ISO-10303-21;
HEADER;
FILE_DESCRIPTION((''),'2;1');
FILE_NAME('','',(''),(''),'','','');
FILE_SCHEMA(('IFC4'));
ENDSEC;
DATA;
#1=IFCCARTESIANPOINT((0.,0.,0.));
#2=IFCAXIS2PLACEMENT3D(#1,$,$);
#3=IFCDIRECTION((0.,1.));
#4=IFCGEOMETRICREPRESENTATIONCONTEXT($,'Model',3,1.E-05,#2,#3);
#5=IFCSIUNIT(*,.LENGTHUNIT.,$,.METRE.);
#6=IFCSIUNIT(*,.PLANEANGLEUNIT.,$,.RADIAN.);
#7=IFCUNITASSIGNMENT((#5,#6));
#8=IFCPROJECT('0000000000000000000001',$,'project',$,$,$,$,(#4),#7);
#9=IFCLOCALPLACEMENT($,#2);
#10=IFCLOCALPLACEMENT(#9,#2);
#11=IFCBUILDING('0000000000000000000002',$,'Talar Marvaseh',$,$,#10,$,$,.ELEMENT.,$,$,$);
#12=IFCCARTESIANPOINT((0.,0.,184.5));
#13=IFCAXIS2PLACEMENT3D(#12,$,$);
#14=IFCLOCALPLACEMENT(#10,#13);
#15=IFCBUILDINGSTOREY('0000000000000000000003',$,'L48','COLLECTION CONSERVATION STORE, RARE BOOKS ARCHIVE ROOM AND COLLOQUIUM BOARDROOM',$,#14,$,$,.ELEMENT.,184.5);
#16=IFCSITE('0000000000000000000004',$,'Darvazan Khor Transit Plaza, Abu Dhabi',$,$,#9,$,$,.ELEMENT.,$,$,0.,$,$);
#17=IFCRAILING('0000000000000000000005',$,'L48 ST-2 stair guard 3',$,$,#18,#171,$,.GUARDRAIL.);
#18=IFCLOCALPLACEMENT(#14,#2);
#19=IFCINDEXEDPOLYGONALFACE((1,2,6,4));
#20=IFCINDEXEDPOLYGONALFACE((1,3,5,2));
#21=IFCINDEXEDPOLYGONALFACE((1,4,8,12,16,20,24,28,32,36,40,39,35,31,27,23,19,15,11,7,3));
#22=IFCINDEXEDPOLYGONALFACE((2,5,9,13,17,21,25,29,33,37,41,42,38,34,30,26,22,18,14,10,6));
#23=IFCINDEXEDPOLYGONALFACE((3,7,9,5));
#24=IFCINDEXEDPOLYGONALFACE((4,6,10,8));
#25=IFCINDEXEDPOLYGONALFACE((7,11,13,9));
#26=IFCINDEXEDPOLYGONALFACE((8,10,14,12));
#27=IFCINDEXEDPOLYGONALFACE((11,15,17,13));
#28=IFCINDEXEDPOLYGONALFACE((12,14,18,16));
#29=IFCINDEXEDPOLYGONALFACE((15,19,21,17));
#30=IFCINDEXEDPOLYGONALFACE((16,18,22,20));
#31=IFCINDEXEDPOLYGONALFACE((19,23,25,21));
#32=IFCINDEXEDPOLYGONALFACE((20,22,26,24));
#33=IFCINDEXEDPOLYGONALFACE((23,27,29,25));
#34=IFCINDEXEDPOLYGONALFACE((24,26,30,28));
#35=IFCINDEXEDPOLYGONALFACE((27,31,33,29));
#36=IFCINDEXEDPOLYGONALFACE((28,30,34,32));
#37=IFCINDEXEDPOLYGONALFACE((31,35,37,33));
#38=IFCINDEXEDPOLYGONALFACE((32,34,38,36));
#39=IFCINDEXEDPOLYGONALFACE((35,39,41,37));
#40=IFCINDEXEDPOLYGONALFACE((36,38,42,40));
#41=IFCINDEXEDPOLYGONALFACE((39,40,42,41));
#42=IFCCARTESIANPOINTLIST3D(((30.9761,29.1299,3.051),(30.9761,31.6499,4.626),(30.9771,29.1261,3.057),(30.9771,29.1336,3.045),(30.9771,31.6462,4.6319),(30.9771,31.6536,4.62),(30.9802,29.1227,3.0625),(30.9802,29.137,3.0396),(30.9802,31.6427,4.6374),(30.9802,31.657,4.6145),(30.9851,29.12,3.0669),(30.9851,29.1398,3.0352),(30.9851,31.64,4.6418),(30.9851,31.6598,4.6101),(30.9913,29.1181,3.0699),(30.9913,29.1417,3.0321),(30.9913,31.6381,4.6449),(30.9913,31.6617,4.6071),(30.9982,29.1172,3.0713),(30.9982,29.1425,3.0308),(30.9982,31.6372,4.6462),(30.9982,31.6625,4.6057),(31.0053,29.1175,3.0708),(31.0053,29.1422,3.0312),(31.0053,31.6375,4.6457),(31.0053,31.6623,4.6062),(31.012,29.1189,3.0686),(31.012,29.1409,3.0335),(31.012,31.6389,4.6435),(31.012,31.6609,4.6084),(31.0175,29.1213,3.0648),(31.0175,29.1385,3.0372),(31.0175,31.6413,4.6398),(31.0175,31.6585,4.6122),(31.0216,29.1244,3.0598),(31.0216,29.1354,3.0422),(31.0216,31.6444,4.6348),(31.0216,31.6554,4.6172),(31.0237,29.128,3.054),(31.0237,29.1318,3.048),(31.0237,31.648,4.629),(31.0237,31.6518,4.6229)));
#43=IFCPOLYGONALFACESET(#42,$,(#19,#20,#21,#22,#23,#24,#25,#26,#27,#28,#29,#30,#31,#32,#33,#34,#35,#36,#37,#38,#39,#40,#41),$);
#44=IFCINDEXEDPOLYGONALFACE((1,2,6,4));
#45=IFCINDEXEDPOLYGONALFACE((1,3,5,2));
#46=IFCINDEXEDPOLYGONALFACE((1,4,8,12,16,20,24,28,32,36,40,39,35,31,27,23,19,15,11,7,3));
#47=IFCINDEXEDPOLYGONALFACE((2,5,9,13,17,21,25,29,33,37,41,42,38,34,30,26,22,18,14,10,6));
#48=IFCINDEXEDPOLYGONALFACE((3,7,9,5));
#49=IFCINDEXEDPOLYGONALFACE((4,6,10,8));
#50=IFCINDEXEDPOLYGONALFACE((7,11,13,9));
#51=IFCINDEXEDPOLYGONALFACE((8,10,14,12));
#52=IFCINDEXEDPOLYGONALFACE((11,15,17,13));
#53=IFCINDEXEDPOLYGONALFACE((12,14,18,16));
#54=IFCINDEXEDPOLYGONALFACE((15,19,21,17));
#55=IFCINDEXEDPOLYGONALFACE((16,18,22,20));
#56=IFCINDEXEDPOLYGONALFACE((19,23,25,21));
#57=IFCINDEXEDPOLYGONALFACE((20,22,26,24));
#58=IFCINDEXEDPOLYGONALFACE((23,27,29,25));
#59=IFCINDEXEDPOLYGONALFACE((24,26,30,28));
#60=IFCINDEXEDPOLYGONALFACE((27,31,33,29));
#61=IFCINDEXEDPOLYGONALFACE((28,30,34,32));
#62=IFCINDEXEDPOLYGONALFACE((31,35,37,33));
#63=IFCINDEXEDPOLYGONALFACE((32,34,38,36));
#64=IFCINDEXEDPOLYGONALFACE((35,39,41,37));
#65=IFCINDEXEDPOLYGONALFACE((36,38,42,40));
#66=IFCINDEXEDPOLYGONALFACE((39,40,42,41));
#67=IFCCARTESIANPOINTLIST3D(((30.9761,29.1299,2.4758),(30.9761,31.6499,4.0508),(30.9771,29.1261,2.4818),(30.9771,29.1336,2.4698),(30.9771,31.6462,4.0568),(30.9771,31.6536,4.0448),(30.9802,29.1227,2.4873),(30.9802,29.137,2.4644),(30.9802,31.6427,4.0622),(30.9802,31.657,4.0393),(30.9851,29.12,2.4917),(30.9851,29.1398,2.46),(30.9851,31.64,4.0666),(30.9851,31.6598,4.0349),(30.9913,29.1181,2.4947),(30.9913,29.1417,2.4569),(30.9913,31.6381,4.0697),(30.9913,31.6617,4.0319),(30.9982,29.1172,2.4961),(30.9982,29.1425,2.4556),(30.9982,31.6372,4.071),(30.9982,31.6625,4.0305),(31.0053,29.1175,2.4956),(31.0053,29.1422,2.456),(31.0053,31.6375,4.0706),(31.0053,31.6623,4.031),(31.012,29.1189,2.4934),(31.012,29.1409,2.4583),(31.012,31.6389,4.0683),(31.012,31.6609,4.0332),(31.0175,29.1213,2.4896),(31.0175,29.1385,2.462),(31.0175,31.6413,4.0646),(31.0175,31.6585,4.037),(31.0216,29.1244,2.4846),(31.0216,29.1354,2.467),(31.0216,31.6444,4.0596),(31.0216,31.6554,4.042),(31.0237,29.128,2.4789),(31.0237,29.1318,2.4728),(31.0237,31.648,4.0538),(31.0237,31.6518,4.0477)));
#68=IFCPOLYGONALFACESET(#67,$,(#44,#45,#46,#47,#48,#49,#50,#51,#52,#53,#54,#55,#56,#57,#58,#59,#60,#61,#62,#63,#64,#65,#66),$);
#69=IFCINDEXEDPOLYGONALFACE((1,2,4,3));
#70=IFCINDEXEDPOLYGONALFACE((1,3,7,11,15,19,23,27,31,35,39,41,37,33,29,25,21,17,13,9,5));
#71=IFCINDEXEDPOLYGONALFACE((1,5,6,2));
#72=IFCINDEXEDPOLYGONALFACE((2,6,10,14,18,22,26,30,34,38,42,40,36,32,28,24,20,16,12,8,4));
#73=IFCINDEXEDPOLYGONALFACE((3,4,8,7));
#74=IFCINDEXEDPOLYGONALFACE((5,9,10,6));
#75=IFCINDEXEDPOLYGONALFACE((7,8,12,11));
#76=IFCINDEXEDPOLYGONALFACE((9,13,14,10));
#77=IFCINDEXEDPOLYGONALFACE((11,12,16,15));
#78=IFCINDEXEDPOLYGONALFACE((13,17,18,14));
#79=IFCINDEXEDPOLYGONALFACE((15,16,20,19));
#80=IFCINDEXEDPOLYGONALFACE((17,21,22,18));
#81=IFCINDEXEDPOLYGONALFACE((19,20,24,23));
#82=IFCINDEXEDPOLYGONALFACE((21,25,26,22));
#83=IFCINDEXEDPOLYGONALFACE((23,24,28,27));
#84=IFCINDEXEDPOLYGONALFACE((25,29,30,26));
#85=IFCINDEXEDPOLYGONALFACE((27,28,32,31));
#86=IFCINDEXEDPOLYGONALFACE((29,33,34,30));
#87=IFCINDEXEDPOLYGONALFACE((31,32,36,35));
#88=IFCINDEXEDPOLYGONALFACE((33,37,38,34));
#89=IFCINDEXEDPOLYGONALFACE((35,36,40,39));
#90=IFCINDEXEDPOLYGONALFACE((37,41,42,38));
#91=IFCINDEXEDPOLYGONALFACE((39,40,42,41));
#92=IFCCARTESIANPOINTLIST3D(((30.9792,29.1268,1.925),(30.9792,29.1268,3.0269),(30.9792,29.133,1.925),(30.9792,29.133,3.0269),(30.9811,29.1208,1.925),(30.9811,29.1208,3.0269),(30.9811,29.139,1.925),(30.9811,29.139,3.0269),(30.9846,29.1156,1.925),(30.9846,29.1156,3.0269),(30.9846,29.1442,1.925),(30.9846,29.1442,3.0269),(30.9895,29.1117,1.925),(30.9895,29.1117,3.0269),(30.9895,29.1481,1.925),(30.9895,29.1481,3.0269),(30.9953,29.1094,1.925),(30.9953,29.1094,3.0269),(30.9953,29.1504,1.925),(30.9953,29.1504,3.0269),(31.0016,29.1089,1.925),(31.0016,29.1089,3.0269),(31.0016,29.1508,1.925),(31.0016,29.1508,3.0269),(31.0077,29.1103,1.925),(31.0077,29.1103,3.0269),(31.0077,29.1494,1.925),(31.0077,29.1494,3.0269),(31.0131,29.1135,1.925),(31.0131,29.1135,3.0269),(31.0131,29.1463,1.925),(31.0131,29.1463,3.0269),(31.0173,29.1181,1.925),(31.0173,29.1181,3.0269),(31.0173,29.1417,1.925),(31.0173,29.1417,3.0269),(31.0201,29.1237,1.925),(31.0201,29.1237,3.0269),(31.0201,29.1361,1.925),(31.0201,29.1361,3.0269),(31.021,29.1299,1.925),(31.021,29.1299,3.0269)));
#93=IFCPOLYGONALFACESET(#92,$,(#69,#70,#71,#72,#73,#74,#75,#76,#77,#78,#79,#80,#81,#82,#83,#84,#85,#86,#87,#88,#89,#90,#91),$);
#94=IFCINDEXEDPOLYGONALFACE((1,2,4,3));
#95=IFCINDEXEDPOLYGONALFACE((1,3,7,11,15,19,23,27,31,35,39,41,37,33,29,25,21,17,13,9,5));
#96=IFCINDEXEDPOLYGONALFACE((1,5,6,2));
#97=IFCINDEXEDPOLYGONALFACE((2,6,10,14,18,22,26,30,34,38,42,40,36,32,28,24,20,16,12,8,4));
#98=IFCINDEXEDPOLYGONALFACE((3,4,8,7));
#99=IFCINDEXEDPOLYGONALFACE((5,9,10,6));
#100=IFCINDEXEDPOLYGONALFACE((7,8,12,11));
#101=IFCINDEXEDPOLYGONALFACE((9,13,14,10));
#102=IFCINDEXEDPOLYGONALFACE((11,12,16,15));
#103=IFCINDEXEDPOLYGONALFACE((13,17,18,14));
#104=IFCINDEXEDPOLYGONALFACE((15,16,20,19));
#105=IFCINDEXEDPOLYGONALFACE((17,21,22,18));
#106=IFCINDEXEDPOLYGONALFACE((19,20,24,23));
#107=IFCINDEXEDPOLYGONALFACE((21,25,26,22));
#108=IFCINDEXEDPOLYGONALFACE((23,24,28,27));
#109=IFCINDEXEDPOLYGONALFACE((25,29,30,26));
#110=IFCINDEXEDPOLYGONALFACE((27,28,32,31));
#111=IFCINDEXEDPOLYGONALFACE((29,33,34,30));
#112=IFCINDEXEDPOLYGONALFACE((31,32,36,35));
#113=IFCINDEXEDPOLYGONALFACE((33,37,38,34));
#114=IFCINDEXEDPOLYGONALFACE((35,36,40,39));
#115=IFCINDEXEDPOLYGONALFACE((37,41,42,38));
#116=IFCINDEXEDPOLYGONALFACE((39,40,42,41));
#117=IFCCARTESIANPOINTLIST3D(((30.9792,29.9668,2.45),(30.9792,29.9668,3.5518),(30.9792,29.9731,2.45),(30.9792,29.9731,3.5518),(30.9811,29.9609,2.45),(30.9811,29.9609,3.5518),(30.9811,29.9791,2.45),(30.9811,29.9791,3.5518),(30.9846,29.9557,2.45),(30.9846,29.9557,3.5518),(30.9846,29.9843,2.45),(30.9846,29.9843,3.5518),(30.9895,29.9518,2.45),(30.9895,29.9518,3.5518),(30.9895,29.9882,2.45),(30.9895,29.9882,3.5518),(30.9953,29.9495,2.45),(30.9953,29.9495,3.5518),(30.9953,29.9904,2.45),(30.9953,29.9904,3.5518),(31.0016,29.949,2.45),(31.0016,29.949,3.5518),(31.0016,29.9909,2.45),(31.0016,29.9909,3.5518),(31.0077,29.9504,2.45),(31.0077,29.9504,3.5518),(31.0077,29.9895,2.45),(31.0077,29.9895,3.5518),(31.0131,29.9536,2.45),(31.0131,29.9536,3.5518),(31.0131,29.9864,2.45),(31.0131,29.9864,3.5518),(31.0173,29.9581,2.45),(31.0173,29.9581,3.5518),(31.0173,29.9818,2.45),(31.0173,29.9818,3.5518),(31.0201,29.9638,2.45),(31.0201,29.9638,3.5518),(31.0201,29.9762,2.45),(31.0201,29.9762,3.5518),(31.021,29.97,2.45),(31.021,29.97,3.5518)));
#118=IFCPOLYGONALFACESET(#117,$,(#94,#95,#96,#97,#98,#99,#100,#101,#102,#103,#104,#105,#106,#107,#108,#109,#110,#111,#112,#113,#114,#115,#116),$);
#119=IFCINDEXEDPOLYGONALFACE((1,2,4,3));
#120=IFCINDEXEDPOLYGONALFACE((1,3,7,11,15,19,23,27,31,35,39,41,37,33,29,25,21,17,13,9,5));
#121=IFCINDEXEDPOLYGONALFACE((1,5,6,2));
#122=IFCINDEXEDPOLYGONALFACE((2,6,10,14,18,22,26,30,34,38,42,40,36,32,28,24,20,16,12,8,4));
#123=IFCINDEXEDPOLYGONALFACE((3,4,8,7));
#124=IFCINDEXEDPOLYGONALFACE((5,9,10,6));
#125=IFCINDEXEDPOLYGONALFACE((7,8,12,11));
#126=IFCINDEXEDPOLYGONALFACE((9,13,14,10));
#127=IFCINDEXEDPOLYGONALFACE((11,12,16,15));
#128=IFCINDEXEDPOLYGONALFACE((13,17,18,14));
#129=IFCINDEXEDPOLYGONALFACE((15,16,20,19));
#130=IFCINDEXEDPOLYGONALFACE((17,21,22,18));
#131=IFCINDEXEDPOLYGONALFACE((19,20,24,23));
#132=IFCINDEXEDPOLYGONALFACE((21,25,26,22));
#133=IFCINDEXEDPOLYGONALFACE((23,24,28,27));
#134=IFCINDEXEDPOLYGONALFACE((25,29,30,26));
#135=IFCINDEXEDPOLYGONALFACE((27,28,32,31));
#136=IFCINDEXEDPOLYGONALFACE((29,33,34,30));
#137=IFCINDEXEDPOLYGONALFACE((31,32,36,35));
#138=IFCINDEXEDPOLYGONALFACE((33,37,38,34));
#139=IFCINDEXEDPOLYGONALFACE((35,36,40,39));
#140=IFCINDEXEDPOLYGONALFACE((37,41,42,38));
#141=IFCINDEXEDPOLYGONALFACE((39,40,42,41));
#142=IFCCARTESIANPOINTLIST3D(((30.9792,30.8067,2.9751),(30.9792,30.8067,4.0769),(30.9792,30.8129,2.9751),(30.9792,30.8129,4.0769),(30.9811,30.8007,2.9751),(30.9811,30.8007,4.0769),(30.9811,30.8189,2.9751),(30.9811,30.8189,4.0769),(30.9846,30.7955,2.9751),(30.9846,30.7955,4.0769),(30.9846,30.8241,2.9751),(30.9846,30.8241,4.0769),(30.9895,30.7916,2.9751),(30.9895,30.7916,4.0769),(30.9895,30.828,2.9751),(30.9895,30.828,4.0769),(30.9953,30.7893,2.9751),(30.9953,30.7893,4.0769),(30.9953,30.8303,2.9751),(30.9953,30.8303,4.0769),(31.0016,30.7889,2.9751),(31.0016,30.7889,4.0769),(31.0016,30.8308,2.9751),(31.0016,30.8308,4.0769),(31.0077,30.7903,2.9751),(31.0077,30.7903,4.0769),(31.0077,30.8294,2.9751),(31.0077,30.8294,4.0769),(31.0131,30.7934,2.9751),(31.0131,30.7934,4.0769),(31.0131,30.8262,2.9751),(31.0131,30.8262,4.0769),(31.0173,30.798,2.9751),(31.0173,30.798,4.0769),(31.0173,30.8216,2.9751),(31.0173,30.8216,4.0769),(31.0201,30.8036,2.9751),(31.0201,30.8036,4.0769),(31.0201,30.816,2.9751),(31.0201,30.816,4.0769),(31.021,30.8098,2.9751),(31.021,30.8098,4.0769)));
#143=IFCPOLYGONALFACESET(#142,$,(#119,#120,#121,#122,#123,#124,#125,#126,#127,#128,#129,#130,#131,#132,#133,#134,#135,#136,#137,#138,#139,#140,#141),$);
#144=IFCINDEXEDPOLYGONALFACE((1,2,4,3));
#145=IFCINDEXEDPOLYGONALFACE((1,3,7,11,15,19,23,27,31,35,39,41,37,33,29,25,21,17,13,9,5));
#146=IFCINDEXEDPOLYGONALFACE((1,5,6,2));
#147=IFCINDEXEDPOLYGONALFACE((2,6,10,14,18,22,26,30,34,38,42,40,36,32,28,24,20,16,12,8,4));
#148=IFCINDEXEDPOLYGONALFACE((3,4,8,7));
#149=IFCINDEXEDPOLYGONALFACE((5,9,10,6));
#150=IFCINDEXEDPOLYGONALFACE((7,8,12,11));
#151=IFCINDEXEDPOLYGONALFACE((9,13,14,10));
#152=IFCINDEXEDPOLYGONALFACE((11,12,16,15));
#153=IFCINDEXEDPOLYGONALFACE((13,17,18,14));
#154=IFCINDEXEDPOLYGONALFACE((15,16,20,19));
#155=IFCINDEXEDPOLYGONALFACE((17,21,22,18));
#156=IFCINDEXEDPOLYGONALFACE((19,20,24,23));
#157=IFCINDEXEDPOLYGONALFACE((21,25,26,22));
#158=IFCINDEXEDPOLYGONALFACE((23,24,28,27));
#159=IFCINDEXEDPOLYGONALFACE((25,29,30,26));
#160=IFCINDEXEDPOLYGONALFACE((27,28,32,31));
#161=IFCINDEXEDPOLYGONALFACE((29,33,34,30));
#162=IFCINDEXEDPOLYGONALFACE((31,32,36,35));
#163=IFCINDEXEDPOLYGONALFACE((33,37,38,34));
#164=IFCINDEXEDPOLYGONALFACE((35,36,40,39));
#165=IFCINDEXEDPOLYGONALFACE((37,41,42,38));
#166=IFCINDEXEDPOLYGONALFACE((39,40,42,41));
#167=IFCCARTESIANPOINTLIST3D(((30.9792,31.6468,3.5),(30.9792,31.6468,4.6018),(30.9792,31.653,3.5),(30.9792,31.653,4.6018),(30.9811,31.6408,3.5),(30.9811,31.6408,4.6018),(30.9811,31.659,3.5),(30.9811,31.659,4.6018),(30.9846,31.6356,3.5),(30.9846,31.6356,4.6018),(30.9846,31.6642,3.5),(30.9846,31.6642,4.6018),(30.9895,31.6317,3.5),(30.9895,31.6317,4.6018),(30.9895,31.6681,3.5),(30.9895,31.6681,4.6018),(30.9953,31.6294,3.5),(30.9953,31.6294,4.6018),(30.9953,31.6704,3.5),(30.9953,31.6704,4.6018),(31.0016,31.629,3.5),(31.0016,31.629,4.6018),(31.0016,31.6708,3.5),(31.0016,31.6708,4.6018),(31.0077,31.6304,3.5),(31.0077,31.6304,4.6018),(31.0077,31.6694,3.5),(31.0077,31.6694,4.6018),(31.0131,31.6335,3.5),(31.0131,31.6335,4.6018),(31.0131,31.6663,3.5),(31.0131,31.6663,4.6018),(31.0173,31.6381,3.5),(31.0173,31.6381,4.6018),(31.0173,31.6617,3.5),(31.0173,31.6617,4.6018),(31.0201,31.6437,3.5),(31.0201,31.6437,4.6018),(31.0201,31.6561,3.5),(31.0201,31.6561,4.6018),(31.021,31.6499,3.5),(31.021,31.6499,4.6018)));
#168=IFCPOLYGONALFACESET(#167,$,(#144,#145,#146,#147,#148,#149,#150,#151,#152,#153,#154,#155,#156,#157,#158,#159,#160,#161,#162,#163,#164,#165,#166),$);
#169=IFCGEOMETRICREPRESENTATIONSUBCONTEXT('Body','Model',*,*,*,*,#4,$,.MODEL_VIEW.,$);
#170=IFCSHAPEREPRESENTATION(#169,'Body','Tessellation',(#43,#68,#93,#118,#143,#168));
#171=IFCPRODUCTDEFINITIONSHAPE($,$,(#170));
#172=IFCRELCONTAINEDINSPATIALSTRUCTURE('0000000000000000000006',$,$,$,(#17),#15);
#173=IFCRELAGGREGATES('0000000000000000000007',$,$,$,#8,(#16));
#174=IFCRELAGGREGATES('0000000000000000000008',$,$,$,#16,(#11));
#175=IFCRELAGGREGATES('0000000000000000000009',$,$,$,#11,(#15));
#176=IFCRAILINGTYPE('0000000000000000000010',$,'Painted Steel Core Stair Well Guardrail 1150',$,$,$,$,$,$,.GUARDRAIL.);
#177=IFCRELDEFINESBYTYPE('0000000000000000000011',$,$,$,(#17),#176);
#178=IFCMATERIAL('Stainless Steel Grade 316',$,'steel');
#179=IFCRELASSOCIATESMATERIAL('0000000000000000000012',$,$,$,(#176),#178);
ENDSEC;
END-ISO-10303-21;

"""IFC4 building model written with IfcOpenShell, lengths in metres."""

from ifc_helpers import new_model, si_unit, direction, frame, origin, origin_2d, place, context, subcontext, project, spatial, circle, extrude, material, type_object, element, save


model = new_model("IFC4")

# Units and contexts
model_context = context("Model", 3, precision=1e-05, world=origin(), true_north=direction((0.0, 1.0)))
body_context = subcontext(model_context, "Body", "Model", "MODEL_VIEW")
ifc_project = project(units=[si_unit("LENGTHUNIT", "METRE"), si_unit("PLANEANGLEUNIT", "RADIAN")], contexts=[model_context])

# Site, building, storey
site_placement = place(None, origin())
site = spatial("IfcSite", under=ifc_project, at=site_placement, Name="Darvazan Khor Transit Plaza, Abu Dhabi", CompositionType="ELEMENT", RefElevation=0.0)
building_placement = place(site_placement, origin())
building = spatial("IfcBuilding", under=site, at=building_placement, Name="Talar Marvaseh", CompositionType="ELEMENT")
storey_placement = place(building_placement, frame((0.0, 0.0, 184.5)))
storey = spatial("IfcBuildingStorey", under=building, at=storey_placement, Name="L48", Description="COLLECTION CONSERVATION STORE, RARE BOOKS ARCHIVE ROOM AND COLLOQUIUM BOARDROOM", CompositionType="ELEMENT", Elevation=184.5)

# Shared definitions
ifc_material_1 = material(Name="Stainless Steel Grade 316", Category="steel")

# Railing
railing_type_1 = type_object("IfcRailingType", Name="Painted Steel Core Stair Well Guardrail 1150", PredefinedType="GUARDRAIL", material=ifc_material_1)
railing_1_placement = place(storey_placement, frame((31.0, 29.1299, 1.925)))
element("IfcRailing", 1, at=railing_1_placement, inside=storey, type_object=railing_type_1, Name="L48 ST-2 stair guard 3", PredefinedType="GUARDRAIL", context=body_context, shape_type="SweptSolid", body=[
    extrude(circle(Radius=0.0239, at=origin_2d()), frame((0.0, 0.0, 1.126), z_axis=(0.0, 0.848008, 0.529984), x_axis=(-1.0, 0.0, 0.0)), (0.0, 0.0, 1.0), 2.9717),
    extrude(circle(Radius=0.0239, at=origin_2d()), frame((0.0, 0.0, 0.5508), z_axis=(0.0, 0.848008, 0.529984), x_axis=(-1.0, 0.0, 0.0)), (0.0, 0.0, 1.0), 2.9717),
    extrude(circle(Radius=0.021, at=origin_2d()), origin(), (0.0, 0.0, 1.0), 1.1018),
    extrude(circle(Radius=0.021, at=origin_2d()), frame((0.0, 0.8401, 0.5249)), (0.0, 0.0, 1.0), 1.1018),
    extrude(circle(Radius=0.021, at=origin_2d()), frame((0.0, 1.6799, 1.05)), (0.0, 0.0, 1.0), 1.1018),
    extrude(circle(Radius=0.021, at=origin_2d()), frame((0.0, 2.52, 1.575)), (0.0, 0.0, 1.0), 1.1018),
])

save(model, "model.ifc")
